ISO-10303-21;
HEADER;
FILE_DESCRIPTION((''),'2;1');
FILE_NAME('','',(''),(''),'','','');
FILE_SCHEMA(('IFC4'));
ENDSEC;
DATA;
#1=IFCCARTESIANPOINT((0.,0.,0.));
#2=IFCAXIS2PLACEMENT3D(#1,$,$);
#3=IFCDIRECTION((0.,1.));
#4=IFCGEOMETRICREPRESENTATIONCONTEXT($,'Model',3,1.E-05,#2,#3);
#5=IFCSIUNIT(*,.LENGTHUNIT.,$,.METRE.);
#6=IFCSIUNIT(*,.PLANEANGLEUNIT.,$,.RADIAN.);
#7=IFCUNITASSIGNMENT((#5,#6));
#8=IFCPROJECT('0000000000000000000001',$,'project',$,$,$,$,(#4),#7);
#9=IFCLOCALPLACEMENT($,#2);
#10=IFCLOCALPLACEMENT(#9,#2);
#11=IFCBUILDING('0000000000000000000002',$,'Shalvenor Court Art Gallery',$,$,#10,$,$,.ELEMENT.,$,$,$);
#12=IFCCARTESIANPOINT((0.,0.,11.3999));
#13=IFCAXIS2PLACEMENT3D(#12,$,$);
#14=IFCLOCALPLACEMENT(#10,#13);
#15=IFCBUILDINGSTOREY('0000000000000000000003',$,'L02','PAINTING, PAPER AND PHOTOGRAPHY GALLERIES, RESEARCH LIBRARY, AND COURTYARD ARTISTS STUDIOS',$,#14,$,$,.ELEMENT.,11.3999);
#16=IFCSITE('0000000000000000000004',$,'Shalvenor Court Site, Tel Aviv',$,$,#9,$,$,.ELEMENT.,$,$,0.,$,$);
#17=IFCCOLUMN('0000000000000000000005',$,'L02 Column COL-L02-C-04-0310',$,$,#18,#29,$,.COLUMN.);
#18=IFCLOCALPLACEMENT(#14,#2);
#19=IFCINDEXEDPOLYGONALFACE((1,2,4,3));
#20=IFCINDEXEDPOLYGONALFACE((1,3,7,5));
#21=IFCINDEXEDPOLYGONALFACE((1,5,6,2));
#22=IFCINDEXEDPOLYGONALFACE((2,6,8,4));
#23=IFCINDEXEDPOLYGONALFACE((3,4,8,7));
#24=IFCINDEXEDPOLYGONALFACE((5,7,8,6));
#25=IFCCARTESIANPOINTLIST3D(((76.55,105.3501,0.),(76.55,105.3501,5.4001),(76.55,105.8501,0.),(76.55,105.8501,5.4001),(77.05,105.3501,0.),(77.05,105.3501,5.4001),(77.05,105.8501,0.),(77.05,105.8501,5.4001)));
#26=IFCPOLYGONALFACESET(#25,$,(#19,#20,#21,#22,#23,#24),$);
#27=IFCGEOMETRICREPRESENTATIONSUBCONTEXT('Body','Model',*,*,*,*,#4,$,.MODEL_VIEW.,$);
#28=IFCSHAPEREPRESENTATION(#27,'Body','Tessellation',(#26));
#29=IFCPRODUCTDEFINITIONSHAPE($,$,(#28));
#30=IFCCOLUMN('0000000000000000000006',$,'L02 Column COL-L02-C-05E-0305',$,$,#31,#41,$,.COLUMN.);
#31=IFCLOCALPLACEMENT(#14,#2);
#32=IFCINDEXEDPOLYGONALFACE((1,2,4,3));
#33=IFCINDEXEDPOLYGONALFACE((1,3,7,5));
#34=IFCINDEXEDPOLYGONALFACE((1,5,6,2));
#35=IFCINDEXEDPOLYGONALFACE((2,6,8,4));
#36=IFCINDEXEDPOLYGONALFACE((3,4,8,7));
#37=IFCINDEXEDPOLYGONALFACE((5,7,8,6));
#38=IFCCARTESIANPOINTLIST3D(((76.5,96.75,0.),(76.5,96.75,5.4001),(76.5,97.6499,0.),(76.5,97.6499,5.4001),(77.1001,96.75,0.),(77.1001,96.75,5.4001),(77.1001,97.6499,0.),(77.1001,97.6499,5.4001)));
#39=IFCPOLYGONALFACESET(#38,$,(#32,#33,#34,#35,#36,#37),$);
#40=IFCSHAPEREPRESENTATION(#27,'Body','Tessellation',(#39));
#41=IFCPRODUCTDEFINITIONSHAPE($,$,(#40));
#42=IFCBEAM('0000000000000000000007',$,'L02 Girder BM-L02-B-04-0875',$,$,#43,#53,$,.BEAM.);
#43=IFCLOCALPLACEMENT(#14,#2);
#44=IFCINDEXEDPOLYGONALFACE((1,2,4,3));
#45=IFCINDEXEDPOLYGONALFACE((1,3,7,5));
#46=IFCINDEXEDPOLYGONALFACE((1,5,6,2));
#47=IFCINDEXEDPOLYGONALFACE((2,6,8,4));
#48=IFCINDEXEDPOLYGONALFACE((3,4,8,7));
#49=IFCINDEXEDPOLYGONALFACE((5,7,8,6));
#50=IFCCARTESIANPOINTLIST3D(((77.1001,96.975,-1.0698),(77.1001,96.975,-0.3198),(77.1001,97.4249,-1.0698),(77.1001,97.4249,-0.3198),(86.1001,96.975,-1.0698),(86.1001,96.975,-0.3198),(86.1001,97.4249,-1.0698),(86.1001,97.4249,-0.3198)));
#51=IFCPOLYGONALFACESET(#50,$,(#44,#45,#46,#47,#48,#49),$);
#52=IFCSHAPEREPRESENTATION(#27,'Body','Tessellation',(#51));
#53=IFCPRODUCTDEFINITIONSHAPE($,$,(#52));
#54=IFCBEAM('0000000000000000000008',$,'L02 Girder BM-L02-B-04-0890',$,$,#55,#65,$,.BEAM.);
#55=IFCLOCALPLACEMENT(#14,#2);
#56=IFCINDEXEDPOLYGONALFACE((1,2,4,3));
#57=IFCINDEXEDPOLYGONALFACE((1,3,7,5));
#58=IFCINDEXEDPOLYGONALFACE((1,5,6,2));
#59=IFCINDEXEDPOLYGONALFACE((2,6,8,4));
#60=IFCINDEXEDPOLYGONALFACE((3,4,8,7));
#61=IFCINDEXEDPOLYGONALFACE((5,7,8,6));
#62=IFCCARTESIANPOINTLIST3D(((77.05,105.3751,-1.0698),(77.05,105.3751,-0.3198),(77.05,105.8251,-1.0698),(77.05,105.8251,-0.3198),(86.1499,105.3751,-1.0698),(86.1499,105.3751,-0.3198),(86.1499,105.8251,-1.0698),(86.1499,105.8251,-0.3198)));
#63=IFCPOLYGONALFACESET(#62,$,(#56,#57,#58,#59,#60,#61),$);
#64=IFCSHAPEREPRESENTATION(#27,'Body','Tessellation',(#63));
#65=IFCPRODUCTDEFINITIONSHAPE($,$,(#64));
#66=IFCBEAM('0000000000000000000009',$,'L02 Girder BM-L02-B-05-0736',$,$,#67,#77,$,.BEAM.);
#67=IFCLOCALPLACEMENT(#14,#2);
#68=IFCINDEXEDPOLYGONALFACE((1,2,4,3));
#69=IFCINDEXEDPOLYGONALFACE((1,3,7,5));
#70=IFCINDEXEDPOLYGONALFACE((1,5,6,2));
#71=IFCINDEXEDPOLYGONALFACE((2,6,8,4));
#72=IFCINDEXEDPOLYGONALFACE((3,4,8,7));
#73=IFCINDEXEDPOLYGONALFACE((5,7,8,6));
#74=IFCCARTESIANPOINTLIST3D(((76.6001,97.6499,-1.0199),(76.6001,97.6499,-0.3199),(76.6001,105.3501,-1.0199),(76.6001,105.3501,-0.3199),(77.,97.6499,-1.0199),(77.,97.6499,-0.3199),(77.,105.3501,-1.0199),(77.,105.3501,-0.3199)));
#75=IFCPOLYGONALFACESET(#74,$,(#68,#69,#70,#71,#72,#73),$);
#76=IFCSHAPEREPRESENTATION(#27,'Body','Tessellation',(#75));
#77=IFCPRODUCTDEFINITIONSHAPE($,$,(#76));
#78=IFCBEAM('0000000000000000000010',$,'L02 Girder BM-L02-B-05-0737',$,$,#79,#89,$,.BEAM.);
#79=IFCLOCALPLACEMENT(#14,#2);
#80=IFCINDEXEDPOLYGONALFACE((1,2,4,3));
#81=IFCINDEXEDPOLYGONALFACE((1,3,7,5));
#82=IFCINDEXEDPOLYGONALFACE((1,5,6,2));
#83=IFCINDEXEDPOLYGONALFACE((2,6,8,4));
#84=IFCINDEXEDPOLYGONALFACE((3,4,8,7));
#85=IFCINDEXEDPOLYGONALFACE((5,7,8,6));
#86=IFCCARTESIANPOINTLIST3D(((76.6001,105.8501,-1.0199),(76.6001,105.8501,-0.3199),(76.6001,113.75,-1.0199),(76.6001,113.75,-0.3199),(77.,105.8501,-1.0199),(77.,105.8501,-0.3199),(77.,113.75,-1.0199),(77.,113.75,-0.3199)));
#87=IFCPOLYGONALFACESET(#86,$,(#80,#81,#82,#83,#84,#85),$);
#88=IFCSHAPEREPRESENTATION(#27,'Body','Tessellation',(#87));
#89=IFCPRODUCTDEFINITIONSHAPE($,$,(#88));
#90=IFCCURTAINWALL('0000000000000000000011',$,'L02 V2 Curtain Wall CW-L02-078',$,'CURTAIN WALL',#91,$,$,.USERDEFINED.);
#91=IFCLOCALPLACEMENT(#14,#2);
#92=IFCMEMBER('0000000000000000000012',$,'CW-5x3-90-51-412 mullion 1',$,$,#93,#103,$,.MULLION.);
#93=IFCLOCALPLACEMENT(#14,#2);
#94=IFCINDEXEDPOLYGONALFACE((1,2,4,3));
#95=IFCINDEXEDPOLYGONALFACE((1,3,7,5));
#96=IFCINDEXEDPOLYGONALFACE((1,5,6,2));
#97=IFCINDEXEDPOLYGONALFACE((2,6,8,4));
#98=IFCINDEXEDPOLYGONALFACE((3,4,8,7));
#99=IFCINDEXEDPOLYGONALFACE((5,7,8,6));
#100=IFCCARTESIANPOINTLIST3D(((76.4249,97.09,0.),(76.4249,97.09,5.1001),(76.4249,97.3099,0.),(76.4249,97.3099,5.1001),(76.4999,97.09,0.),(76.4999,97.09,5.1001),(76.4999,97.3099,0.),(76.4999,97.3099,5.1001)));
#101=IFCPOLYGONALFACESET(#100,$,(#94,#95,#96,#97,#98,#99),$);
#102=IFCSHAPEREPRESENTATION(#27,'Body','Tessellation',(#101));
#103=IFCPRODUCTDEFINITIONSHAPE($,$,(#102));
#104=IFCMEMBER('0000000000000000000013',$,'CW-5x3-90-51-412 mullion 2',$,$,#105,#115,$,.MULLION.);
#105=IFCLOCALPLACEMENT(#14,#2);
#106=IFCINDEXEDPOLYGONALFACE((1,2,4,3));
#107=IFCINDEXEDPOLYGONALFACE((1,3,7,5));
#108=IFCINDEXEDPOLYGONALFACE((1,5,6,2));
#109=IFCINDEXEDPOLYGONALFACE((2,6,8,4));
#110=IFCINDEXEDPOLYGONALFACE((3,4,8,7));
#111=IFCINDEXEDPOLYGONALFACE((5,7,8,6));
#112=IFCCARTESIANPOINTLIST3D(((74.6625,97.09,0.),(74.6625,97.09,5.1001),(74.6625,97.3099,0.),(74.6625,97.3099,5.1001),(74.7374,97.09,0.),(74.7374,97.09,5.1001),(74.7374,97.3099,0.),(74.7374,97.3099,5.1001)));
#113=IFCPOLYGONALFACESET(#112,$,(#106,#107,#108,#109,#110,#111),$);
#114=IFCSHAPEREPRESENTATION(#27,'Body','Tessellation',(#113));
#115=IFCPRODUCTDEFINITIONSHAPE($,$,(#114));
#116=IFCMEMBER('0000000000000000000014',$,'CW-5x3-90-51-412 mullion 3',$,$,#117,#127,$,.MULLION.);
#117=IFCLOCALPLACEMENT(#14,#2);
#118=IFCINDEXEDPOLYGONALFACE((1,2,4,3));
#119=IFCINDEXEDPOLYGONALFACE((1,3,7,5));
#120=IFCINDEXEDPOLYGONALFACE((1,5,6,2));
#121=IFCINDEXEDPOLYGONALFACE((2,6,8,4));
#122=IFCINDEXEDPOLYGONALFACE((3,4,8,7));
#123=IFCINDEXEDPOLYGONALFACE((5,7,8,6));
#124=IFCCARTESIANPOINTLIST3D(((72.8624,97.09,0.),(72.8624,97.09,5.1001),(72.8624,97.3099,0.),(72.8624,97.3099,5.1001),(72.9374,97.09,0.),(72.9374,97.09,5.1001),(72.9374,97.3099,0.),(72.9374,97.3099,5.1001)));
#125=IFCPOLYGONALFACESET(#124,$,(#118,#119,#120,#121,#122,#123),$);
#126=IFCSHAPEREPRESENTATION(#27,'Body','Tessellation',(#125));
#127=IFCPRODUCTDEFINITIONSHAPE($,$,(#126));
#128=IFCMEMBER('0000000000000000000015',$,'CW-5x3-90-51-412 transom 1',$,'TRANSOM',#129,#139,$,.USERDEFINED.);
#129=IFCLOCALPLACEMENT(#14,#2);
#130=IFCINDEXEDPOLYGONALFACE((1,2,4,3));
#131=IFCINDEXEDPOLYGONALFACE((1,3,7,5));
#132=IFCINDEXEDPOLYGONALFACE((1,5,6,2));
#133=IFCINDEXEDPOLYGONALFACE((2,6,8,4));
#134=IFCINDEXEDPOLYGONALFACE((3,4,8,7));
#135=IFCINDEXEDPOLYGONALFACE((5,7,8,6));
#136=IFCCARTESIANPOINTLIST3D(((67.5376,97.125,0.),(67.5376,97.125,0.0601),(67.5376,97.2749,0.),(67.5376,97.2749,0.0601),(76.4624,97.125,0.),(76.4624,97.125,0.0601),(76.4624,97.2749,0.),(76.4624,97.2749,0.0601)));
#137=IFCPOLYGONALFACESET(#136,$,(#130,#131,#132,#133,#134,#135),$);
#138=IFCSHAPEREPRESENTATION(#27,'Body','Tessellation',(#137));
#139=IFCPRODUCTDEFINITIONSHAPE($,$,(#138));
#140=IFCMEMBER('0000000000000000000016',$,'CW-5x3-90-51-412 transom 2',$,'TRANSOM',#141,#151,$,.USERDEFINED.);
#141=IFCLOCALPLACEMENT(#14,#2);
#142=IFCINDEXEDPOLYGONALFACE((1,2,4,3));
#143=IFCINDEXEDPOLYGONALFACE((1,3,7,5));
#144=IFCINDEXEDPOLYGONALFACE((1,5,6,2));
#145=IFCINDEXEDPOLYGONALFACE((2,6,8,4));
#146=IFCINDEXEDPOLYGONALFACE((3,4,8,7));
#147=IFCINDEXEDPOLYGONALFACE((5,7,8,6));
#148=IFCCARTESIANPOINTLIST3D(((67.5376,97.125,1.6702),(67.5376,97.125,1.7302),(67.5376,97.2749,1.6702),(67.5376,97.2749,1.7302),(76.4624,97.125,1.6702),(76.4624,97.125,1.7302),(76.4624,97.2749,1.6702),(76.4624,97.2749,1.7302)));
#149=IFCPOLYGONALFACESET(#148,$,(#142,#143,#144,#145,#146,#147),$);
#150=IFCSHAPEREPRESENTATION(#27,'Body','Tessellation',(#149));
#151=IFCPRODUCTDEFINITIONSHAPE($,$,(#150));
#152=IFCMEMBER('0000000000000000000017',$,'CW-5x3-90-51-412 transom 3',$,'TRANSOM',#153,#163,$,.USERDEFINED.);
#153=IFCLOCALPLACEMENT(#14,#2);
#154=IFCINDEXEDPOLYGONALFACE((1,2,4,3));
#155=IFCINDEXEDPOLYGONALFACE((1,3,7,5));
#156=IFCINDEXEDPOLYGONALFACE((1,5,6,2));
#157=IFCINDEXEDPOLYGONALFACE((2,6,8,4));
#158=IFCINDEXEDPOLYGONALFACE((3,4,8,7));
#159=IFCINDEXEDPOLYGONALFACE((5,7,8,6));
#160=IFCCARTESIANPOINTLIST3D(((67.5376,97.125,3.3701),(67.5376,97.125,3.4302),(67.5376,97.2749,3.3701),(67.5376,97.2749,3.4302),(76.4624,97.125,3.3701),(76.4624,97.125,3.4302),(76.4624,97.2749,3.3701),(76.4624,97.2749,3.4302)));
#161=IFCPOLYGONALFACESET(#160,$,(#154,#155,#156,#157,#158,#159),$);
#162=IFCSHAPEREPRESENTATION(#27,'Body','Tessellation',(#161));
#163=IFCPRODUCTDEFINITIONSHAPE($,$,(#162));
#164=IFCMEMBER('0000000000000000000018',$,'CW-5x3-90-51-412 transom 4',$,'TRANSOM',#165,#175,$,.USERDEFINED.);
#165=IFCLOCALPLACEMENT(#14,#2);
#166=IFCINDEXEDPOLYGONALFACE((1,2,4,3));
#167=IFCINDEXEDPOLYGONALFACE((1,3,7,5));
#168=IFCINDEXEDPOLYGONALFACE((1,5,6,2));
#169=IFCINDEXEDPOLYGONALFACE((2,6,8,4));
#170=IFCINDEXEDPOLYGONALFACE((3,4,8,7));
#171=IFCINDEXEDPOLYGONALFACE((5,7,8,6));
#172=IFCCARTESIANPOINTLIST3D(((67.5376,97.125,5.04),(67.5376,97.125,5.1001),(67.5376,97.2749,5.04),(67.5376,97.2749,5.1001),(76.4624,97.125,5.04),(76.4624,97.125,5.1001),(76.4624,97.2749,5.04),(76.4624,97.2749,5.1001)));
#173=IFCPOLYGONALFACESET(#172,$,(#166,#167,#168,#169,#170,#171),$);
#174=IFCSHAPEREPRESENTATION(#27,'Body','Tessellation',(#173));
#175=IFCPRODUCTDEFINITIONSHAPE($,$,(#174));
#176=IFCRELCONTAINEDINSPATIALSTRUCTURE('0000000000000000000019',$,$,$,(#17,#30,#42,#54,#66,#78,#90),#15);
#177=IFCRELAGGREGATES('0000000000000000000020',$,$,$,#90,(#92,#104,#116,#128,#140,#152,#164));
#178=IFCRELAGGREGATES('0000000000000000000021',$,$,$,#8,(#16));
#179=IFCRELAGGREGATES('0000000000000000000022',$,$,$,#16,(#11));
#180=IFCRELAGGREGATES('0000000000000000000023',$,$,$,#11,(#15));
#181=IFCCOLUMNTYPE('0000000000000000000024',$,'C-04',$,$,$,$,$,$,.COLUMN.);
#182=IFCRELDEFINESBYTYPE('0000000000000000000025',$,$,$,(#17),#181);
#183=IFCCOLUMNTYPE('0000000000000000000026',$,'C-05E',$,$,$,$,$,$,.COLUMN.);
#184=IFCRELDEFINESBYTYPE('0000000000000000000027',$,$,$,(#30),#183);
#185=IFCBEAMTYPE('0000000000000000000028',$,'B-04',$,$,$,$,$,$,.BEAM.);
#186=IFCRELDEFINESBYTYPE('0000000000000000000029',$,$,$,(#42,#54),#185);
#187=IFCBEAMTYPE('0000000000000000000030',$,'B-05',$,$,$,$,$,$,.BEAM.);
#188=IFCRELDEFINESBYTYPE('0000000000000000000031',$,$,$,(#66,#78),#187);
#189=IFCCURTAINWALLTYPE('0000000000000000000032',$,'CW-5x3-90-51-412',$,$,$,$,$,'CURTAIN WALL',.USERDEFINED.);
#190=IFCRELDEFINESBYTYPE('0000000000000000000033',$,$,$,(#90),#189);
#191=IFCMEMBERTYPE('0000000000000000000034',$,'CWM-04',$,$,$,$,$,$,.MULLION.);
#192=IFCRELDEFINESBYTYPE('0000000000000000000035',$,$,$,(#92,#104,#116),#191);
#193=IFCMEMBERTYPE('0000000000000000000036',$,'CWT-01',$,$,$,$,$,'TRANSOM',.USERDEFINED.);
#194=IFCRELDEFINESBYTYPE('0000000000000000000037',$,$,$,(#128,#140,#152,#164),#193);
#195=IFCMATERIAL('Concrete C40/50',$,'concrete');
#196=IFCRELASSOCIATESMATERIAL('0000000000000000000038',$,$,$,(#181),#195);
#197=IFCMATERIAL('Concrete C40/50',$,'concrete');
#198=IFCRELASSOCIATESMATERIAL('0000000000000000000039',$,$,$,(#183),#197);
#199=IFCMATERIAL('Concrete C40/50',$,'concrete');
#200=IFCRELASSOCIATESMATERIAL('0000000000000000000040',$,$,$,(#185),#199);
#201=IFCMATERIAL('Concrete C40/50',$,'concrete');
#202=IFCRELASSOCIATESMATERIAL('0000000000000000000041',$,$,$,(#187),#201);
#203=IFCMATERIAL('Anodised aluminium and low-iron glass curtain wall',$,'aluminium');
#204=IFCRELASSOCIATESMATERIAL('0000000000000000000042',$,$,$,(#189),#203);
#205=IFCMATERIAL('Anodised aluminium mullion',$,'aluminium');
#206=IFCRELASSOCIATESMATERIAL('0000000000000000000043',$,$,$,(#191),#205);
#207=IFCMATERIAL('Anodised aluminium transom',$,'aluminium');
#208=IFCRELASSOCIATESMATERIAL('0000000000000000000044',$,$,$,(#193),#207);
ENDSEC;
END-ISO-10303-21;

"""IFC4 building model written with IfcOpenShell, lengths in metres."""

from ifc_helpers import new_model, si_unit, direction, frame, origin, origin_2d, place, context, subcontext, project, spatial, rectangle, extrude, material, material_profile, profile_set, type_object, element, aggregate, save


model = new_model("IFC4")

# Units and contexts
model_context = context("Model", 3, precision=1e-05, world=origin(), true_north=direction((0.0, 1.0)))
body_context = subcontext(model_context, "Body", "Model", "MODEL_VIEW")
ifc_project = project(units=[si_unit("LENGTHUNIT", "METRE"), si_unit("PLANEANGLEUNIT", "RADIAN")], contexts=[model_context])

# Site, building, storey
site_placement = place(None, origin())
site = spatial("IfcSite", under=ifc_project, at=site_placement, Name="Shalvenor Court Site, Tel Aviv", CompositionType="ELEMENT", RefElevation=0.0)
building_placement = place(site_placement, origin())
building = spatial("IfcBuilding", under=site, at=building_placement, Name="Shalvenor Court Art Gallery", CompositionType="ELEMENT")
storey_placement = place(building_placement, frame((0.0, 0.0, 11.3999)))
storey = spatial("IfcBuildingStorey", under=building, at=storey_placement, Name="L02", Description="PAINTING, PAPER AND PHOTOGRAPHY GALLERIES, RESEARCH LIBRARY, AND COURTYARD ARTISTS STUDIOS", CompositionType="ELEMENT", Elevation=11.3999)

# Columns
ifc_material_1 = material(Name="Concrete C40/50", Category="concrete")
ifc_material_profile_1 = material_profile(ifc_material_1, rectangle(XDim=0.5, YDim=0.5, at=origin_2d()), Name="RC 500x500")
ifc_profile_set_1 = profile_set([ifc_material_profile_1], Name="Concrete C40/50")
column_type_1 = type_object("IfcColumnType", Name="C-04", PredefinedType="COLUMN", material=ifc_profile_set_1)
column_1_placement = place(storey_placement, frame((76.8, 105.6001, 0.0), z_axis=(0.0, 0.0, 1.0), x_axis=(1.0, 0.0, 0.0)))
element("IfcColumn", 1, at=column_1_placement, inside=storey, type_object=column_type_1, Name="L02 Column COL-L02-C-04-0310", PredefinedType="COLUMN", context=body_context, shape_type="SweptSolid", body=[
    extrude(rectangle(XDim=0.5, YDim=0.5, at=origin_2d()), origin(), (0.0, 0.0, 1.0), 5.4001),
])
ifc_material_2 = material(Name="Concrete C40/50", Category="concrete")
ifc_material_profile_2 = material_profile(ifc_material_2, rectangle(XDim=0.6001, YDim=0.8999, at=origin_2d()), Name="RC 600x900")
ifc_profile_set_2 = profile_set([ifc_material_profile_2], Name="Concrete C40/50")
column_type_2 = type_object("IfcColumnType", Name="C-05E", PredefinedType="COLUMN", material=ifc_profile_set_2)
column_2_placement = place(storey_placement, frame((76.8, 97.2, 0.0), z_axis=(0.0, 0.0, 1.0), x_axis=(1.0, 0.0, 0.0)))
element("IfcColumn", 2, at=column_2_placement, inside=storey, type_object=column_type_2, Name="L02 Column COL-L02-C-05E-0305", PredefinedType="COLUMN", context=body_context, shape_type="SweptSolid", body=[
    extrude(rectangle(XDim=0.6001, YDim=0.8999, at=origin_2d()), origin(), (0.0, 0.0, 1.0), 5.4001),
])

# Beams
ifc_material_3 = material(Name="Concrete C40/50", Category="concrete")
ifc_material_profile_3 = material_profile(ifc_material_3, rectangle(XDim=0.45, YDim=0.75, at=origin_2d()), Name="RC 450x750")
ifc_profile_set_3 = profile_set([ifc_material_profile_3], Name="Concrete C40/50")
beam_type_1 = type_object("IfcBeamType", Name="B-04", PredefinedType="BEAM", material=ifc_profile_set_3)
beam_1_placement = place(storey_placement, frame((77.1001, 97.2, -0.6948), z_axis=(1.0, 0.0, 0.0), x_axis=(0.0, 1.0, 0.0)))
element("IfcBeam", 3, at=beam_1_placement, inside=storey, type_object=beam_type_1, Name="L02 Girder BM-L02-B-04-0875", PredefinedType="BEAM", context=body_context, shape_type="SweptSolid", body=[
    extrude(rectangle(XDim=0.45, YDim=0.75, at=origin_2d()), origin(), (0.0, 0.0, 1.0), 9.0),
])
beam_2_placement = place(storey_placement, frame((77.05, 105.6001, -0.6948), z_axis=(1.0, 0.0, 0.0), x_axis=(0.0, 1.0, 0.0)))
element("IfcBeam", 4, at=beam_2_placement, inside=storey, type_object=beam_type_1, Name="L02 Girder BM-L02-B-04-0890", PredefinedType="BEAM", context=body_context, shape_type="SweptSolid", body=[
    extrude(rectangle(XDim=0.45, YDim=0.75, at=origin_2d()), origin(), (0.0, 0.0, 1.0), 9.0999),
])
ifc_material_4 = material(Name="Concrete C40/50", Category="concrete")
ifc_material_profile_4 = material_profile(ifc_material_4, rectangle(XDim=0.3999, YDim=0.7, at=origin_2d()), Name="RC 400x700")
ifc_profile_set_4 = profile_set([ifc_material_profile_4], Name="Concrete C40/50")
beam_type_2 = type_object("IfcBeamType", Name="B-05", PredefinedType="BEAM", material=ifc_profile_set_4)
beam_3_placement = place(storey_placement, frame((76.8, 97.6499, -0.6699), z_axis=(0.0, 1.0, 0.0), x_axis=(-1.0, 0.0, 0.0)))
element("IfcBeam", 5, at=beam_3_placement, inside=storey, type_object=beam_type_2, Name="L02 Girder BM-L02-B-05-0736", PredefinedType="BEAM", context=body_context, shape_type="SweptSolid", body=[
    extrude(rectangle(XDim=0.3999, YDim=0.7, at=origin_2d()), origin(), (0.0, 0.0, 1.0), 7.7002),
])
beam_4_placement = place(storey_placement, frame((76.8, 105.8501, -0.6699), z_axis=(0.0, 1.0, 0.0), x_axis=(-1.0, 0.0, 0.0)))
element("IfcBeam", 6, at=beam_4_placement, inside=storey, type_object=beam_type_2, Name="L02 Girder BM-L02-B-05-0737", PredefinedType="BEAM", context=body_context, shape_type="SweptSolid", body=[
    extrude(rectangle(XDim=0.3999, YDim=0.7, at=origin_2d()), origin(), (0.0, 0.0, 1.0), 7.8999),
])

# Curtain wall, members
ifc_material_5 = material(Name="Anodised aluminium and low-iron glass curtain wall", Category="aluminium")
curtain_wall_type = type_object("IfcCurtainWallType", Name="CW-5x3-90-51-412", ElementType="CURTAIN WALL", PredefinedType="USERDEFINED", material=ifc_material_5)
curtain_wall_placement = place(storey_placement, origin())
curtain_wall = element("IfcCurtainWall", 7, at=curtain_wall_placement, inside=storey, type_object=curtain_wall_type, Name="L02 V2 Curtain Wall CW-L02-078", ObjectType="CURTAIN WALL", PredefinedType="USERDEFINED")
ifc_material_6 = material(Name="Anodised aluminium mullion", Category="aluminium")
ifc_material_profile_5 = material_profile(ifc_material_6, rectangle(XDim=0.075, YDim=0.22, at=origin_2d()), Name="CWM-04")
ifc_profile_set_5 = profile_set([ifc_material_profile_5], Name="Anodised aluminium mullion")
member_type_1 = type_object("IfcMemberType", Name="CWM-04", PredefinedType="MULLION", material=ifc_profile_set_5)
member_1_placement = place(storey_placement, frame((76.4624, 97.2, 0.0), z_axis=(0.0, 0.0, 1.0), x_axis=(-1.0, 0.0, 0.0)))
member_1 = element("IfcMember", 8, at=member_1_placement, type_object=member_type_1, Name="CW-5x3-90-51-412 mullion 1", PredefinedType="MULLION", context=body_context, shape_type="SweptSolid", body=[
    extrude(rectangle(XDim=0.075, YDim=0.22, at=origin_2d()), origin(), (0.0, 0.0, 1.0), 5.1001),
])
member_2_placement = place(storey_placement, frame((74.7, 97.2, 0.0), z_axis=(0.0, 0.0, 1.0), x_axis=(-1.0, 0.0, 0.0)))
member_2 = element("IfcMember", 9, at=member_2_placement, type_object=member_type_1, Name="CW-5x3-90-51-412 mullion 2", PredefinedType="MULLION", context=body_context, shape_type="SweptSolid", body=[
    extrude(rectangle(XDim=0.075, YDim=0.22, at=origin_2d()), origin(), (0.0, 0.0, 1.0), 5.1001),
])
member_3_placement = place(storey_placement, frame((72.8999, 97.2, 0.0), z_axis=(0.0, 0.0, 1.0), x_axis=(-1.0, 0.0, 0.0)))
member_3 = element("IfcMember", 10, at=member_3_placement, type_object=member_type_1, Name="CW-5x3-90-51-412 mullion 3", PredefinedType="MULLION", context=body_context, shape_type="SweptSolid", body=[
    extrude(rectangle(XDim=0.075, YDim=0.22, at=origin_2d()), origin(), (0.0, 0.0, 1.0), 5.1001),
])
ifc_material_7 = material(Name="Anodised aluminium transom", Category="aluminium")
ifc_material_profile_6 = material_profile(ifc_material_7, rectangle(XDim=0.1499, YDim=0.0601, at=origin_2d()), Name="CWT-01")
ifc_profile_set_6 = profile_set([ifc_material_profile_6], Name="Anodised aluminium transom")
member_type_2 = type_object("IfcMemberType", Name="CWT-01", ElementType="TRANSOM", PredefinedType="USERDEFINED", material=ifc_profile_set_6)
member_4_placement = place(storey_placement, frame((76.4624, 97.2, 0.03), z_axis=(-1.0, 0.0, 0.0), x_axis=(0.0, -1.0, 0.0)))
member_4 = element("IfcMember", 11, at=member_4_placement, type_object=member_type_2, Name="CW-5x3-90-51-412 transom 1", ObjectType="TRANSOM", PredefinedType="USERDEFINED", context=body_context, shape_type="SweptSolid", body=[
    extrude(rectangle(XDim=0.1499, YDim=0.0601, at=origin_2d()), origin(), (0.0, 0.0, 1.0), 8.9248),
])
member_5_placement = place(storey_placement, frame((76.4624, 97.2, 1.7002), z_axis=(-1.0, 0.0, 0.0), x_axis=(0.0, -1.0, 0.0)))
member_5 = element("IfcMember", 12, at=member_5_placement, type_object=member_type_2, Name="CW-5x3-90-51-412 transom 2", ObjectType="TRANSOM", PredefinedType="USERDEFINED", context=body_context, shape_type="SweptSolid", body=[
    extrude(rectangle(XDim=0.1499, YDim=0.0601, at=origin_2d()), origin(), (0.0, 0.0, 1.0), 8.9248),
])
member_6_placement = place(storey_placement, frame((76.4624, 97.2, 3.4001), z_axis=(-1.0, 0.0, 0.0), x_axis=(0.0, -1.0, 0.0)))
member_6 = element("IfcMember", 13, at=member_6_placement, type_object=member_type_2, Name="CW-5x3-90-51-412 transom 3", ObjectType="TRANSOM", PredefinedType="USERDEFINED", context=body_context, shape_type="SweptSolid", body=[
    extrude(rectangle(XDim=0.1499, YDim=0.0601, at=origin_2d()), origin(), (0.0, 0.0, 1.0), 8.9248),
])
member_7_placement = place(storey_placement, frame((76.4624, 97.2, 5.0701), z_axis=(-1.0, 0.0, 0.0), x_axis=(0.0, -1.0, 0.0)))
member_7 = element("IfcMember", 14, at=member_7_placement, type_object=member_type_2, Name="CW-5x3-90-51-412 transom 4", ObjectType="TRANSOM", PredefinedType="USERDEFINED", context=body_context, shape_type="SweptSolid", body=[
    extrude(rectangle(XDim=0.1499, YDim=0.0601, at=origin_2d()), origin(), (0.0, 0.0, 1.0), 8.9248),
])

aggregate(curtain_wall, [member_1, member_2, member_3, member_4, member_5, member_6, member_7])

save(model, "model.ifc")
